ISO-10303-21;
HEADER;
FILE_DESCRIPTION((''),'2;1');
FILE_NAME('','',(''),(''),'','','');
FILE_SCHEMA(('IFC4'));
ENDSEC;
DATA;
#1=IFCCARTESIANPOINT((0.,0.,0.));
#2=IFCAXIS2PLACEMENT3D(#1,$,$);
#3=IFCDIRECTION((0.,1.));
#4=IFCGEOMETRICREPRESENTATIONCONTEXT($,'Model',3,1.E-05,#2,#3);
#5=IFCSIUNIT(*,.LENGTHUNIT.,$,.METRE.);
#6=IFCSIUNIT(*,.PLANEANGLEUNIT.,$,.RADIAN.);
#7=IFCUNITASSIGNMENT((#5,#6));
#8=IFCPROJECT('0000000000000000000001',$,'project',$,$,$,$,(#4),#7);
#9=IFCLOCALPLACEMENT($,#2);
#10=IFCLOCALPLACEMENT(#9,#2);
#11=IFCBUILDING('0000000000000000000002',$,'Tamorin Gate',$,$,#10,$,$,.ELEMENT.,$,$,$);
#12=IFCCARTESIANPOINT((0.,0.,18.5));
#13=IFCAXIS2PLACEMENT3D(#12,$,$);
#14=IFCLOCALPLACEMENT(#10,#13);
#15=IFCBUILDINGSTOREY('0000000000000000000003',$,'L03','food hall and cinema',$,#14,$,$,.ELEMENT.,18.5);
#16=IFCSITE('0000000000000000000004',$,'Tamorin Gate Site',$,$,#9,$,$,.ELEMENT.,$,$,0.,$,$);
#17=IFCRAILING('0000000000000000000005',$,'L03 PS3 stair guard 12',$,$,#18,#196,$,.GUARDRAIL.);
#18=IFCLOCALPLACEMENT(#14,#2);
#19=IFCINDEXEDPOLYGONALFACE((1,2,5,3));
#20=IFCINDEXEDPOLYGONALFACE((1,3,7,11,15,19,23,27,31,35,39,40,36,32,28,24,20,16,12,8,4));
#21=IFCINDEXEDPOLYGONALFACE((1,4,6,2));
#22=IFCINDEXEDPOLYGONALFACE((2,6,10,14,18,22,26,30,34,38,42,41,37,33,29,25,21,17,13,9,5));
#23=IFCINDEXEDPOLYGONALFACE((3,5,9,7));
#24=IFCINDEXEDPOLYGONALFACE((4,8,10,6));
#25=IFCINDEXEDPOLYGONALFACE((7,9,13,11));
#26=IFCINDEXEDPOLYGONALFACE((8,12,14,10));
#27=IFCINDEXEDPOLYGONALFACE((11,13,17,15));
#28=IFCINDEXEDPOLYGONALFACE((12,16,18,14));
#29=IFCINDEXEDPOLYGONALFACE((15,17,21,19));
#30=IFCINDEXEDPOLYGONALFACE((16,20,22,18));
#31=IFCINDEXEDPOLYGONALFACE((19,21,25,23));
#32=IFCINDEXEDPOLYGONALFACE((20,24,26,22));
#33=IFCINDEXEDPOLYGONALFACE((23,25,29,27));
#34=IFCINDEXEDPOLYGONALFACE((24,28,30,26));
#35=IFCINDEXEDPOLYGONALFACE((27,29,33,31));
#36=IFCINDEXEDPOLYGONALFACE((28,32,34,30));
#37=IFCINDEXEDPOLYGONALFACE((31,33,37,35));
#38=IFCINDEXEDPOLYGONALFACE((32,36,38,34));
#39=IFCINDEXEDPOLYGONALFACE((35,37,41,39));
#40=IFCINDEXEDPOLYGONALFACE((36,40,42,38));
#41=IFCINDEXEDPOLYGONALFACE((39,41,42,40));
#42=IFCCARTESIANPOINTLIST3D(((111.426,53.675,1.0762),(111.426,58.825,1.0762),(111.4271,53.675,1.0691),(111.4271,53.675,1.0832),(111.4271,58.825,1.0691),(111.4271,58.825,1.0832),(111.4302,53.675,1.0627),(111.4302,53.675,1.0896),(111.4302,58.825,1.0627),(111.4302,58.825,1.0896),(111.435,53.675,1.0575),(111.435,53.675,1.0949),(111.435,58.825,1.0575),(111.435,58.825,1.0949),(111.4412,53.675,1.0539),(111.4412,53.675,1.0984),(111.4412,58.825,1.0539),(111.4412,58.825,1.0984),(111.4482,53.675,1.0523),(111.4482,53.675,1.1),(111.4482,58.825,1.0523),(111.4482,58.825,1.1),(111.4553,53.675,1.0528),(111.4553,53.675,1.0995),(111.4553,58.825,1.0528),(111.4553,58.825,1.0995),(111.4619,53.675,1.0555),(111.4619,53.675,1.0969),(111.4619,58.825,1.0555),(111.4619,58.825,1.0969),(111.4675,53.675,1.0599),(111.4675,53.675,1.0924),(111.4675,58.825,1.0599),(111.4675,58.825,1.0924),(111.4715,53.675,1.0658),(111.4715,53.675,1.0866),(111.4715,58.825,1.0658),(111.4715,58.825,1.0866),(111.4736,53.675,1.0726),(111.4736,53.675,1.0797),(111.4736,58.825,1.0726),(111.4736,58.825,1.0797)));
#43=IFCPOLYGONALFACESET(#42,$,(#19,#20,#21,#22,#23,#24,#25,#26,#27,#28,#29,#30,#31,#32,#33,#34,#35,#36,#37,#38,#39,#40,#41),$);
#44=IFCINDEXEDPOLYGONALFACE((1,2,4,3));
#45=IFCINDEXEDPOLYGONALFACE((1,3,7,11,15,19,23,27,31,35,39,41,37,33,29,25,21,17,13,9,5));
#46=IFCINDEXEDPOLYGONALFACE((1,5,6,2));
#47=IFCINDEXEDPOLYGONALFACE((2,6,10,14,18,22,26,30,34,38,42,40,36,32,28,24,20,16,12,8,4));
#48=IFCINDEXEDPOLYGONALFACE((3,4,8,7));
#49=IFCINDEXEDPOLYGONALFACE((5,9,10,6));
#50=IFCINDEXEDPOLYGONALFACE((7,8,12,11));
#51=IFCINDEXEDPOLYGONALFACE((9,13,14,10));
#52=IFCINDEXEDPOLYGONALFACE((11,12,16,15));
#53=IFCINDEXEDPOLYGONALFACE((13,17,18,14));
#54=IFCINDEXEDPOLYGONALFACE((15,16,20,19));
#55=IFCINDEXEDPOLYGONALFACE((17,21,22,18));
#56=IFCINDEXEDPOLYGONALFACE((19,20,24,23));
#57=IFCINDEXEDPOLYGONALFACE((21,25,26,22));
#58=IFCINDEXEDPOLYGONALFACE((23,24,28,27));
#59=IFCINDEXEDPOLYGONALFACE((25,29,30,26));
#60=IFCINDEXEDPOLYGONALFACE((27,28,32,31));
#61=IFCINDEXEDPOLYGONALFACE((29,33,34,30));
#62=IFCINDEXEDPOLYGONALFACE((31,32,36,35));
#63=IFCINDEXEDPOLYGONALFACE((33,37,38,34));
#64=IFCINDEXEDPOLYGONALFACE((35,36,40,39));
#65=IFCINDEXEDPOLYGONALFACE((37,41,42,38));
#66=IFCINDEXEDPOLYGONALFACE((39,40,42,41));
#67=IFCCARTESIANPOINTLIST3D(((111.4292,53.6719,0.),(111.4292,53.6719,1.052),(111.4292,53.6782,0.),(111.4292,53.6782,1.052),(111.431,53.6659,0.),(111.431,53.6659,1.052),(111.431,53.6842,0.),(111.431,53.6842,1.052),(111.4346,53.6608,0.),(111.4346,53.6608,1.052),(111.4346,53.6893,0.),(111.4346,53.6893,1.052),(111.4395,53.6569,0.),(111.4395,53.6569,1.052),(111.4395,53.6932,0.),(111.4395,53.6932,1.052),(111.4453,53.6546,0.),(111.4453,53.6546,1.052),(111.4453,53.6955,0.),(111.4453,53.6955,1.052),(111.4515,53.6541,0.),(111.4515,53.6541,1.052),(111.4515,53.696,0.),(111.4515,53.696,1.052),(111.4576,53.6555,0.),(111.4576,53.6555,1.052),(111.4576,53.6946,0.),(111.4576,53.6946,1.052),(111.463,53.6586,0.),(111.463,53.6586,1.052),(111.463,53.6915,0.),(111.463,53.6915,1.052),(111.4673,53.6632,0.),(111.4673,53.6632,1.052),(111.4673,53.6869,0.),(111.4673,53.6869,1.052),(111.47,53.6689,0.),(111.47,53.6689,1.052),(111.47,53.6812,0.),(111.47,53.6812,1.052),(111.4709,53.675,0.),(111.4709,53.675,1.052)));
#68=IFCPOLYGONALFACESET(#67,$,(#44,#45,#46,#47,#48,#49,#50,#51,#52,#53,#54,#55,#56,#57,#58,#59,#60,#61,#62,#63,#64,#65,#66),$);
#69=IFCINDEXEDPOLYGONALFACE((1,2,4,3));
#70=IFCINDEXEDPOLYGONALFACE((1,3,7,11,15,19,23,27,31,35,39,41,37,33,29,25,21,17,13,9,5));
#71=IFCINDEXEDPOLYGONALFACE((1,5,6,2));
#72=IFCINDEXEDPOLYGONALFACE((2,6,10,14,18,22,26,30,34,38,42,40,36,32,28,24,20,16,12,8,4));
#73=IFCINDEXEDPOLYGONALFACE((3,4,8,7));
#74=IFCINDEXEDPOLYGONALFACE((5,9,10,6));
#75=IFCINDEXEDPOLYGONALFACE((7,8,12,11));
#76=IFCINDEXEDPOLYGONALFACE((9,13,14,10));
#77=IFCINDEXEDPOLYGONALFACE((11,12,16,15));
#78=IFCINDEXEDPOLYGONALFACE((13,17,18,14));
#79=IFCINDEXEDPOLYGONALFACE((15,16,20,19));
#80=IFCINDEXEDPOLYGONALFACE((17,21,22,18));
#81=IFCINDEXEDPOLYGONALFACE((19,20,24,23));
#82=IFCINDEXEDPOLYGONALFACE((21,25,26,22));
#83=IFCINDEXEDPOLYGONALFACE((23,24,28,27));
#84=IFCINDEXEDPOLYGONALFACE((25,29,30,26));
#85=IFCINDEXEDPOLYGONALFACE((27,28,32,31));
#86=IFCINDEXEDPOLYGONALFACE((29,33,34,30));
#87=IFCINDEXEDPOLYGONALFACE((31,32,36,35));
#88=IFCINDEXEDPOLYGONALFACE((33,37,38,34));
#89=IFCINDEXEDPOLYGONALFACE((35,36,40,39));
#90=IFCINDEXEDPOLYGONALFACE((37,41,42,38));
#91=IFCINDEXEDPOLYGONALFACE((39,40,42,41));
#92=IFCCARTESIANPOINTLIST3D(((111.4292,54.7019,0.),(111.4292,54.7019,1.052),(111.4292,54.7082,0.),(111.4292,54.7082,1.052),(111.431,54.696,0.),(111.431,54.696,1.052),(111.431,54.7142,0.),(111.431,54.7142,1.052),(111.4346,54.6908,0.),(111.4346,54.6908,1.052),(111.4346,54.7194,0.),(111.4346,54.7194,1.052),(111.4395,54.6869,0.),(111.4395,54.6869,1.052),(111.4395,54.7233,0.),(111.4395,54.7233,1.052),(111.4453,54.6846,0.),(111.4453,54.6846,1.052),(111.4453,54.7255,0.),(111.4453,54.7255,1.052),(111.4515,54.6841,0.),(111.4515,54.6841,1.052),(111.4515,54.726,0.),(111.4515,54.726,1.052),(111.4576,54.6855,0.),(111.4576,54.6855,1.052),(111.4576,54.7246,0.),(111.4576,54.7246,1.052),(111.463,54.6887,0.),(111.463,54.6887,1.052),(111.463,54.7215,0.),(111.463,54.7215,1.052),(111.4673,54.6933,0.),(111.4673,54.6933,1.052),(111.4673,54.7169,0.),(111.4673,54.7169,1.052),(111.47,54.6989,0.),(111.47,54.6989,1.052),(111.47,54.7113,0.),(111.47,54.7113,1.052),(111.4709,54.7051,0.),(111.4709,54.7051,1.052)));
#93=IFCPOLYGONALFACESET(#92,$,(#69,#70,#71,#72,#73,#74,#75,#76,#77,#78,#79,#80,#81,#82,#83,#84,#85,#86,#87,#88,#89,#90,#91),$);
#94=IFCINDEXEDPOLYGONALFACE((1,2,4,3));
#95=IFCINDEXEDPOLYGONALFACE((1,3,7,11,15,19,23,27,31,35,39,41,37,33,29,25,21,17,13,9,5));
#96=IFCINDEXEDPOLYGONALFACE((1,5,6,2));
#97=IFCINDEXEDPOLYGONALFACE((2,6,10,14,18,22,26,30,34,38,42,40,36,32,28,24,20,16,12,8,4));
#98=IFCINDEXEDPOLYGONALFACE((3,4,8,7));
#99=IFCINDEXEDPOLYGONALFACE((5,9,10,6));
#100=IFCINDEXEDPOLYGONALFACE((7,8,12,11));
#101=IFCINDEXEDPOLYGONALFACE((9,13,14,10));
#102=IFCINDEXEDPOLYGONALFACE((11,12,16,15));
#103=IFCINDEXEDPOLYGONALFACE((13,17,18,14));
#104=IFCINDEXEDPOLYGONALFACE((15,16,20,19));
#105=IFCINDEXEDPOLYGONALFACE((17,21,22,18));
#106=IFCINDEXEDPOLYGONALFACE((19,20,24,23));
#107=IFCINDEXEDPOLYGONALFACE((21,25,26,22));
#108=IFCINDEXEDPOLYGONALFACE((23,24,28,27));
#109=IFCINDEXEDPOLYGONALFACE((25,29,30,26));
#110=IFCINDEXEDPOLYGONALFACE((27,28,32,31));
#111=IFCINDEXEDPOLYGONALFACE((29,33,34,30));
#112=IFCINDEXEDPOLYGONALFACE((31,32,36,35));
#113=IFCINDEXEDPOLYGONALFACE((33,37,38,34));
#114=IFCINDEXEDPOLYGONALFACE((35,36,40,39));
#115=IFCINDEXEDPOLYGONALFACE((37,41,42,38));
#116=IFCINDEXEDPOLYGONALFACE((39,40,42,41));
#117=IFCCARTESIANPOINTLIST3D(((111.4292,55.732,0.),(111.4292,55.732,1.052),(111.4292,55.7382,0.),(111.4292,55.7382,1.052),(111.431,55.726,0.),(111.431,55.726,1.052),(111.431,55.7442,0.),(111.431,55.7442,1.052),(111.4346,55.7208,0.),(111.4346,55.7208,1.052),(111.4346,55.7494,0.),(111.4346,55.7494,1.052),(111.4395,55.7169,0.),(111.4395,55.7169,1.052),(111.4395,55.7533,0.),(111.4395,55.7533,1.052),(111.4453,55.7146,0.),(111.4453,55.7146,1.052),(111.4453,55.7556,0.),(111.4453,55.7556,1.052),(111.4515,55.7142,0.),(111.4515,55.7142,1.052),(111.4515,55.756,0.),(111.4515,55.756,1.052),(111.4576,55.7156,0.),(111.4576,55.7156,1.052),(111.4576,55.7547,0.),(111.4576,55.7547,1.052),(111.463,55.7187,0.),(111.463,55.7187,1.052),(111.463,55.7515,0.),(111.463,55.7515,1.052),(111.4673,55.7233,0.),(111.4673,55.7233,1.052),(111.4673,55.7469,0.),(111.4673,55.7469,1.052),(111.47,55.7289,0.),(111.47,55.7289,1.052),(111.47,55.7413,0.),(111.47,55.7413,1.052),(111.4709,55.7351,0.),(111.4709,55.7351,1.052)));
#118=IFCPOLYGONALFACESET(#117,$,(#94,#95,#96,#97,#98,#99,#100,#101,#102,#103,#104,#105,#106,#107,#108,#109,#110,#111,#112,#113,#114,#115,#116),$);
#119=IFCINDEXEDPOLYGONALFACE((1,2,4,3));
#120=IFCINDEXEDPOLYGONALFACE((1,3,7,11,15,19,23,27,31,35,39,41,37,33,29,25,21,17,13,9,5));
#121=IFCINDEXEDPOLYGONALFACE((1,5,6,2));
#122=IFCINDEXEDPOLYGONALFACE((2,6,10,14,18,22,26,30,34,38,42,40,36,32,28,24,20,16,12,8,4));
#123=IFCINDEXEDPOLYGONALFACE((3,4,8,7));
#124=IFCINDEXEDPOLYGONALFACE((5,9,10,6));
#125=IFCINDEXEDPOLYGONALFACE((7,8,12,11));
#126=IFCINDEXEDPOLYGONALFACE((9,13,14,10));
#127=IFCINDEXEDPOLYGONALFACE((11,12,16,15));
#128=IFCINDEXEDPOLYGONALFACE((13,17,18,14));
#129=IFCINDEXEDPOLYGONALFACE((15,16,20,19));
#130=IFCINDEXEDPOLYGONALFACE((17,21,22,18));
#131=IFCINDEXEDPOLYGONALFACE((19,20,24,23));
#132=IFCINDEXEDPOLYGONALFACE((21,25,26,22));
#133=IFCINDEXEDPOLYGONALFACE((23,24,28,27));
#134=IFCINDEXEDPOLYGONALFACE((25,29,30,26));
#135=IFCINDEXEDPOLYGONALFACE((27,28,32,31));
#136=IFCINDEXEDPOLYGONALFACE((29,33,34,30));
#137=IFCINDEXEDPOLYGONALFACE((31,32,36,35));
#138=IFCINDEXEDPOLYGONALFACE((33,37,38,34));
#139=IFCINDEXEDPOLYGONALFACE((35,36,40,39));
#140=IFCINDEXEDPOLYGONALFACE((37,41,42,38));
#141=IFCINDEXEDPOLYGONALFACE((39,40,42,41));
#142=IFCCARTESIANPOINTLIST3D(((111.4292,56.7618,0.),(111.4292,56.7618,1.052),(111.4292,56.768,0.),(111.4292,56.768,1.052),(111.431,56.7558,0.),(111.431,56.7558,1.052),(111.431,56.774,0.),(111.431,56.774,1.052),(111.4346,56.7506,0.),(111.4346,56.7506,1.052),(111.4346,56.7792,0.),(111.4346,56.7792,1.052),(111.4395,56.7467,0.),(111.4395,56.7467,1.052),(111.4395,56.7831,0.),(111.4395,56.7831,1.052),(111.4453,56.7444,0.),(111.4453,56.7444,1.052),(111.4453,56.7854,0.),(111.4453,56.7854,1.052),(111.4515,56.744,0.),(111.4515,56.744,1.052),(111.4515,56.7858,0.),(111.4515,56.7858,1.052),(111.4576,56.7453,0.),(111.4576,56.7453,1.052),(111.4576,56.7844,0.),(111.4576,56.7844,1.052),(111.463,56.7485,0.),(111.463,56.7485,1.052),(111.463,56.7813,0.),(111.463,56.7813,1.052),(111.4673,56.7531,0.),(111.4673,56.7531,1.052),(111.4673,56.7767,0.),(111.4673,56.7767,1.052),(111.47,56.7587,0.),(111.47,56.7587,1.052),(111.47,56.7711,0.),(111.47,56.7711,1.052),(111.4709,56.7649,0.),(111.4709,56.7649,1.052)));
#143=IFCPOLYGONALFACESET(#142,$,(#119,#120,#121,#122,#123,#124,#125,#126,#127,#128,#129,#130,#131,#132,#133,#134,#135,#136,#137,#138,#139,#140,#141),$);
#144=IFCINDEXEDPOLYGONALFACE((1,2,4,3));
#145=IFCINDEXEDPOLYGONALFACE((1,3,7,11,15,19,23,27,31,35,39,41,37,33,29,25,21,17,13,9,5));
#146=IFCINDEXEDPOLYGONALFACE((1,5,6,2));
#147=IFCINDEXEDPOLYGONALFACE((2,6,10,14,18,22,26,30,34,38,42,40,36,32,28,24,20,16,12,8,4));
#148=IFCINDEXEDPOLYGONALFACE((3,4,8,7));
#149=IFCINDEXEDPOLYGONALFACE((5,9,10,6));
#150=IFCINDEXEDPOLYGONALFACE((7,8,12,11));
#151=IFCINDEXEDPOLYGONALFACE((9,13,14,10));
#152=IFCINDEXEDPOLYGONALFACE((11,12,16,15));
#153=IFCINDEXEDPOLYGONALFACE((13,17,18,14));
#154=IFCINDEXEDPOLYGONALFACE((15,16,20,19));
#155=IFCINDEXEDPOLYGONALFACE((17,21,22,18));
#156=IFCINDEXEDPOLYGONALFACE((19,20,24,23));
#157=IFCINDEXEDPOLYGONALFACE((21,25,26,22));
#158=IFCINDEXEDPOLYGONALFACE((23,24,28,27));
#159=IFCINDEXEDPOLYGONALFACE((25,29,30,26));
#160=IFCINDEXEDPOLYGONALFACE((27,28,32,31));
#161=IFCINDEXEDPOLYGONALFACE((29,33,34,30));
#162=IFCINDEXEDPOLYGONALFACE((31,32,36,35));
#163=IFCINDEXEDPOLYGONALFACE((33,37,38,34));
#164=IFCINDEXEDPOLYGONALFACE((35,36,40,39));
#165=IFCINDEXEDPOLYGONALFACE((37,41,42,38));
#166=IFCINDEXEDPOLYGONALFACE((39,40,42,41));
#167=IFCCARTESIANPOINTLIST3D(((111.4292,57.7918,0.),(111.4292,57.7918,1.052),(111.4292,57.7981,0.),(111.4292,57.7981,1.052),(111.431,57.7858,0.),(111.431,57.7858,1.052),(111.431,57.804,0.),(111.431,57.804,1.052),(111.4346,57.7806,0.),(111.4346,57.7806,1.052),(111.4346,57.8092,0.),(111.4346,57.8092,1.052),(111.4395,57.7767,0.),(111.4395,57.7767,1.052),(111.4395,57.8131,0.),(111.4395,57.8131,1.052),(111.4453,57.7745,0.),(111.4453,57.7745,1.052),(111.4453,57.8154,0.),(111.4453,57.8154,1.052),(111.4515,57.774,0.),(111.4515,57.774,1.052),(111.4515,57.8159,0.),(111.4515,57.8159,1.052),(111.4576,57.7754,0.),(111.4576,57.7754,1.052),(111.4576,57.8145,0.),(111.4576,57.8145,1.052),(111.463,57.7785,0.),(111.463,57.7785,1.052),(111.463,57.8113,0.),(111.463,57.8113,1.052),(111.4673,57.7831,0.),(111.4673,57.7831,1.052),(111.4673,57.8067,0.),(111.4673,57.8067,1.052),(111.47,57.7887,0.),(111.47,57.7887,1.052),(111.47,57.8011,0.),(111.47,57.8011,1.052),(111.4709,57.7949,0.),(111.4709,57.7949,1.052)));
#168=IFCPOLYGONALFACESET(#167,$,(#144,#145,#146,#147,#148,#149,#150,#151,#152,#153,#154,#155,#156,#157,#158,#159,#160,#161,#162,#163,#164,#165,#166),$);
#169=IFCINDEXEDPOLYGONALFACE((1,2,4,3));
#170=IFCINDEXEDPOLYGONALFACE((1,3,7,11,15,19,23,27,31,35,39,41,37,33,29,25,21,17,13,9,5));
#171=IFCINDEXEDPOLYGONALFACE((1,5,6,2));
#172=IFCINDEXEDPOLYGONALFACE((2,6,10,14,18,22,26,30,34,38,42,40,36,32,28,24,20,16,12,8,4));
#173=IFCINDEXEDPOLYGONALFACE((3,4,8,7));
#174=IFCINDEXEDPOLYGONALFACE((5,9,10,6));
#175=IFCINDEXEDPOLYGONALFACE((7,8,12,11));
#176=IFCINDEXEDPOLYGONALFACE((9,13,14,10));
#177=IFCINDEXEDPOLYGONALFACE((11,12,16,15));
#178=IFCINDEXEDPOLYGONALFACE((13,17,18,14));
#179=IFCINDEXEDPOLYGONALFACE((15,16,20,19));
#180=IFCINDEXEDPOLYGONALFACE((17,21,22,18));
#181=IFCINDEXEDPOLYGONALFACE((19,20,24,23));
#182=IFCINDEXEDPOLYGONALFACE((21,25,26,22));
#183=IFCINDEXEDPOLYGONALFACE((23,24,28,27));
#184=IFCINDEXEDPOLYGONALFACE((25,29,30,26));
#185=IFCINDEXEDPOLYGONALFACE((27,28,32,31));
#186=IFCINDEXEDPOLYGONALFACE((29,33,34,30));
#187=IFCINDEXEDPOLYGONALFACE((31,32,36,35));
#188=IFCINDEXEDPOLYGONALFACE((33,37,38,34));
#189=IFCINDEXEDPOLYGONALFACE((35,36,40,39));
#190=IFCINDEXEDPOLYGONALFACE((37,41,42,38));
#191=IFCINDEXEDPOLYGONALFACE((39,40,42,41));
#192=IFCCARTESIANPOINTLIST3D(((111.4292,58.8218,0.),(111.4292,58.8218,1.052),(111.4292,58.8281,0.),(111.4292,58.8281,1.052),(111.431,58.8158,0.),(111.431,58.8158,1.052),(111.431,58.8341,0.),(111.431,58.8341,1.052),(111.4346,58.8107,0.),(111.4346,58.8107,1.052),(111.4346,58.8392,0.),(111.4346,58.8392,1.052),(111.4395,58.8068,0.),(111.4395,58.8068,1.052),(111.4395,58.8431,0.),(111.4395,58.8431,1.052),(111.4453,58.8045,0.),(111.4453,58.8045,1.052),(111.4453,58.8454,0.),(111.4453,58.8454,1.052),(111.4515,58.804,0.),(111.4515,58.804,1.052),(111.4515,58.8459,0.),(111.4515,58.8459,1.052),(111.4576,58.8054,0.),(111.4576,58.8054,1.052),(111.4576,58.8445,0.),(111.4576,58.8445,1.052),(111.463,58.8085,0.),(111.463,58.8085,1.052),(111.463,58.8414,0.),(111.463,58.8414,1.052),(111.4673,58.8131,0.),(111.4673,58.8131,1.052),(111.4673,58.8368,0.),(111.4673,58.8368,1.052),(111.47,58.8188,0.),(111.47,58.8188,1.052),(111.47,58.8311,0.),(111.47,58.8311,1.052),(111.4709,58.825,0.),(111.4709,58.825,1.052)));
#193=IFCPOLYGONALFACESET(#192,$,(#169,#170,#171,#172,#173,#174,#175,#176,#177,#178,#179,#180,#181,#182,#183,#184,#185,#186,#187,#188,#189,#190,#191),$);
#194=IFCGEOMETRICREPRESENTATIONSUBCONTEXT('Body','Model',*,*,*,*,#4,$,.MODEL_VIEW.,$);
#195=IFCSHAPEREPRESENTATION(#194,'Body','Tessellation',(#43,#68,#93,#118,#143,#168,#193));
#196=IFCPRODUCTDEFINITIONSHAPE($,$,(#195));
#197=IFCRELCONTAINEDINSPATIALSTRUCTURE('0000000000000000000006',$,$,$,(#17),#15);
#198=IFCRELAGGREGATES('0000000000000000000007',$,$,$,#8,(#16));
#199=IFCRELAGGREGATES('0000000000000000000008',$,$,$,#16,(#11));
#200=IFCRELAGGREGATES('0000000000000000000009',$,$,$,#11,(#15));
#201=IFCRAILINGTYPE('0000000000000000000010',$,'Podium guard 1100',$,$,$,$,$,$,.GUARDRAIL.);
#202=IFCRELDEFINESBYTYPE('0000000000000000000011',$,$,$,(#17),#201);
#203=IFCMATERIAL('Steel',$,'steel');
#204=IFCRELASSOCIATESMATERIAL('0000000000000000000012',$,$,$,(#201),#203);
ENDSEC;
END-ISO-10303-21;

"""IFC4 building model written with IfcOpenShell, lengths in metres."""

from ifc_helpers import new_model, si_unit, direction, frame, origin, origin_2d, place, context, subcontext, project, spatial, circle, extrude, material, type_object, element, save


model = new_model("IFC4")

# Units and contexts
model_context = context("Model", 3, precision=1e-05, world=origin(), true_north=direction((0.0, 1.0)))
body_context = subcontext(model_context, "Body", "Model", "MODEL_VIEW")
ifc_project = project(units=[si_unit("LENGTHUNIT", "METRE"), si_unit("PLANEANGLEUNIT", "RADIAN")], contexts=[model_context])

# Site, building, storey
site_placement = place(None, origin())
site = spatial("IfcSite", under=ifc_project, at=site_placement, Name="Tamorin Gate Site", CompositionType="ELEMENT", RefElevation=0.0)
building_placement = place(site_placement, origin())
building = spatial("IfcBuilding", under=site, at=building_placement, Name="Tamorin Gate", CompositionType="ELEMENT")
storey_placement = place(building_placement, frame((0.0, 0.0, 18.5)))
storey = spatial("IfcBuildingStorey", under=building, at=storey_placement, Name="L03", Description="food hall and cinema", CompositionType="ELEMENT", Elevation=18.5)

# Railing
ifc_material_1 = material(Name="Steel", Category="steel")
railing_type_1 = type_object("IfcRailingType", Name="Podium guard 1100", PredefinedType="GUARDRAIL", material=ifc_material_1)
railing_1_placement = place(storey_placement, frame((111.45, 53.675, 0.0)))
element("IfcRailing", 1, at=railing_1_placement, inside=storey, type_object=railing_type_1, Name="L03 PS3 stair guard 12", PredefinedType="GUARDRAIL", context=body_context, shape_type="SweptSolid", body=[
    extrude(circle(Radius=0.0239, at=origin_2d()), frame((0.0, 0.0, 1.0762), z_axis=(0.0, 1.0, 0.0), x_axis=(-1.0, 0.0, 0.0)), (0.0, 0.0, 1.0), 5.1499),
    extrude(circle(Radius=0.021, at=origin_2d()), origin(), (0.0, 0.0, 1.0), 1.052),
    extrude(circle(Radius=0.021, at=origin_2d()), frame((0.0, 1.03, 0.0)), (0.0, 0.0, 1.0), 1.052),
    extrude(circle(Radius=0.021, at=origin_2d()), frame((0.0, 2.0601, 0.0)), (0.0, 0.0, 1.0), 1.052),
    extrude(circle(Radius=0.021, at=origin_2d()), frame((0.0, 3.0898, 0.0)), (0.0, 0.0, 1.0), 1.052),
    extrude(circle(Radius=0.021, at=origin_2d()), frame((0.0, 4.1199, 0.0)), (0.0, 0.0, 1.0), 1.052),
    extrude(circle(Radius=0.021, at=origin_2d()), frame((0.0, 5.1499, 0.0)), (0.0, 0.0, 1.0), 1.052),
])

save(model, "model.ifc")
